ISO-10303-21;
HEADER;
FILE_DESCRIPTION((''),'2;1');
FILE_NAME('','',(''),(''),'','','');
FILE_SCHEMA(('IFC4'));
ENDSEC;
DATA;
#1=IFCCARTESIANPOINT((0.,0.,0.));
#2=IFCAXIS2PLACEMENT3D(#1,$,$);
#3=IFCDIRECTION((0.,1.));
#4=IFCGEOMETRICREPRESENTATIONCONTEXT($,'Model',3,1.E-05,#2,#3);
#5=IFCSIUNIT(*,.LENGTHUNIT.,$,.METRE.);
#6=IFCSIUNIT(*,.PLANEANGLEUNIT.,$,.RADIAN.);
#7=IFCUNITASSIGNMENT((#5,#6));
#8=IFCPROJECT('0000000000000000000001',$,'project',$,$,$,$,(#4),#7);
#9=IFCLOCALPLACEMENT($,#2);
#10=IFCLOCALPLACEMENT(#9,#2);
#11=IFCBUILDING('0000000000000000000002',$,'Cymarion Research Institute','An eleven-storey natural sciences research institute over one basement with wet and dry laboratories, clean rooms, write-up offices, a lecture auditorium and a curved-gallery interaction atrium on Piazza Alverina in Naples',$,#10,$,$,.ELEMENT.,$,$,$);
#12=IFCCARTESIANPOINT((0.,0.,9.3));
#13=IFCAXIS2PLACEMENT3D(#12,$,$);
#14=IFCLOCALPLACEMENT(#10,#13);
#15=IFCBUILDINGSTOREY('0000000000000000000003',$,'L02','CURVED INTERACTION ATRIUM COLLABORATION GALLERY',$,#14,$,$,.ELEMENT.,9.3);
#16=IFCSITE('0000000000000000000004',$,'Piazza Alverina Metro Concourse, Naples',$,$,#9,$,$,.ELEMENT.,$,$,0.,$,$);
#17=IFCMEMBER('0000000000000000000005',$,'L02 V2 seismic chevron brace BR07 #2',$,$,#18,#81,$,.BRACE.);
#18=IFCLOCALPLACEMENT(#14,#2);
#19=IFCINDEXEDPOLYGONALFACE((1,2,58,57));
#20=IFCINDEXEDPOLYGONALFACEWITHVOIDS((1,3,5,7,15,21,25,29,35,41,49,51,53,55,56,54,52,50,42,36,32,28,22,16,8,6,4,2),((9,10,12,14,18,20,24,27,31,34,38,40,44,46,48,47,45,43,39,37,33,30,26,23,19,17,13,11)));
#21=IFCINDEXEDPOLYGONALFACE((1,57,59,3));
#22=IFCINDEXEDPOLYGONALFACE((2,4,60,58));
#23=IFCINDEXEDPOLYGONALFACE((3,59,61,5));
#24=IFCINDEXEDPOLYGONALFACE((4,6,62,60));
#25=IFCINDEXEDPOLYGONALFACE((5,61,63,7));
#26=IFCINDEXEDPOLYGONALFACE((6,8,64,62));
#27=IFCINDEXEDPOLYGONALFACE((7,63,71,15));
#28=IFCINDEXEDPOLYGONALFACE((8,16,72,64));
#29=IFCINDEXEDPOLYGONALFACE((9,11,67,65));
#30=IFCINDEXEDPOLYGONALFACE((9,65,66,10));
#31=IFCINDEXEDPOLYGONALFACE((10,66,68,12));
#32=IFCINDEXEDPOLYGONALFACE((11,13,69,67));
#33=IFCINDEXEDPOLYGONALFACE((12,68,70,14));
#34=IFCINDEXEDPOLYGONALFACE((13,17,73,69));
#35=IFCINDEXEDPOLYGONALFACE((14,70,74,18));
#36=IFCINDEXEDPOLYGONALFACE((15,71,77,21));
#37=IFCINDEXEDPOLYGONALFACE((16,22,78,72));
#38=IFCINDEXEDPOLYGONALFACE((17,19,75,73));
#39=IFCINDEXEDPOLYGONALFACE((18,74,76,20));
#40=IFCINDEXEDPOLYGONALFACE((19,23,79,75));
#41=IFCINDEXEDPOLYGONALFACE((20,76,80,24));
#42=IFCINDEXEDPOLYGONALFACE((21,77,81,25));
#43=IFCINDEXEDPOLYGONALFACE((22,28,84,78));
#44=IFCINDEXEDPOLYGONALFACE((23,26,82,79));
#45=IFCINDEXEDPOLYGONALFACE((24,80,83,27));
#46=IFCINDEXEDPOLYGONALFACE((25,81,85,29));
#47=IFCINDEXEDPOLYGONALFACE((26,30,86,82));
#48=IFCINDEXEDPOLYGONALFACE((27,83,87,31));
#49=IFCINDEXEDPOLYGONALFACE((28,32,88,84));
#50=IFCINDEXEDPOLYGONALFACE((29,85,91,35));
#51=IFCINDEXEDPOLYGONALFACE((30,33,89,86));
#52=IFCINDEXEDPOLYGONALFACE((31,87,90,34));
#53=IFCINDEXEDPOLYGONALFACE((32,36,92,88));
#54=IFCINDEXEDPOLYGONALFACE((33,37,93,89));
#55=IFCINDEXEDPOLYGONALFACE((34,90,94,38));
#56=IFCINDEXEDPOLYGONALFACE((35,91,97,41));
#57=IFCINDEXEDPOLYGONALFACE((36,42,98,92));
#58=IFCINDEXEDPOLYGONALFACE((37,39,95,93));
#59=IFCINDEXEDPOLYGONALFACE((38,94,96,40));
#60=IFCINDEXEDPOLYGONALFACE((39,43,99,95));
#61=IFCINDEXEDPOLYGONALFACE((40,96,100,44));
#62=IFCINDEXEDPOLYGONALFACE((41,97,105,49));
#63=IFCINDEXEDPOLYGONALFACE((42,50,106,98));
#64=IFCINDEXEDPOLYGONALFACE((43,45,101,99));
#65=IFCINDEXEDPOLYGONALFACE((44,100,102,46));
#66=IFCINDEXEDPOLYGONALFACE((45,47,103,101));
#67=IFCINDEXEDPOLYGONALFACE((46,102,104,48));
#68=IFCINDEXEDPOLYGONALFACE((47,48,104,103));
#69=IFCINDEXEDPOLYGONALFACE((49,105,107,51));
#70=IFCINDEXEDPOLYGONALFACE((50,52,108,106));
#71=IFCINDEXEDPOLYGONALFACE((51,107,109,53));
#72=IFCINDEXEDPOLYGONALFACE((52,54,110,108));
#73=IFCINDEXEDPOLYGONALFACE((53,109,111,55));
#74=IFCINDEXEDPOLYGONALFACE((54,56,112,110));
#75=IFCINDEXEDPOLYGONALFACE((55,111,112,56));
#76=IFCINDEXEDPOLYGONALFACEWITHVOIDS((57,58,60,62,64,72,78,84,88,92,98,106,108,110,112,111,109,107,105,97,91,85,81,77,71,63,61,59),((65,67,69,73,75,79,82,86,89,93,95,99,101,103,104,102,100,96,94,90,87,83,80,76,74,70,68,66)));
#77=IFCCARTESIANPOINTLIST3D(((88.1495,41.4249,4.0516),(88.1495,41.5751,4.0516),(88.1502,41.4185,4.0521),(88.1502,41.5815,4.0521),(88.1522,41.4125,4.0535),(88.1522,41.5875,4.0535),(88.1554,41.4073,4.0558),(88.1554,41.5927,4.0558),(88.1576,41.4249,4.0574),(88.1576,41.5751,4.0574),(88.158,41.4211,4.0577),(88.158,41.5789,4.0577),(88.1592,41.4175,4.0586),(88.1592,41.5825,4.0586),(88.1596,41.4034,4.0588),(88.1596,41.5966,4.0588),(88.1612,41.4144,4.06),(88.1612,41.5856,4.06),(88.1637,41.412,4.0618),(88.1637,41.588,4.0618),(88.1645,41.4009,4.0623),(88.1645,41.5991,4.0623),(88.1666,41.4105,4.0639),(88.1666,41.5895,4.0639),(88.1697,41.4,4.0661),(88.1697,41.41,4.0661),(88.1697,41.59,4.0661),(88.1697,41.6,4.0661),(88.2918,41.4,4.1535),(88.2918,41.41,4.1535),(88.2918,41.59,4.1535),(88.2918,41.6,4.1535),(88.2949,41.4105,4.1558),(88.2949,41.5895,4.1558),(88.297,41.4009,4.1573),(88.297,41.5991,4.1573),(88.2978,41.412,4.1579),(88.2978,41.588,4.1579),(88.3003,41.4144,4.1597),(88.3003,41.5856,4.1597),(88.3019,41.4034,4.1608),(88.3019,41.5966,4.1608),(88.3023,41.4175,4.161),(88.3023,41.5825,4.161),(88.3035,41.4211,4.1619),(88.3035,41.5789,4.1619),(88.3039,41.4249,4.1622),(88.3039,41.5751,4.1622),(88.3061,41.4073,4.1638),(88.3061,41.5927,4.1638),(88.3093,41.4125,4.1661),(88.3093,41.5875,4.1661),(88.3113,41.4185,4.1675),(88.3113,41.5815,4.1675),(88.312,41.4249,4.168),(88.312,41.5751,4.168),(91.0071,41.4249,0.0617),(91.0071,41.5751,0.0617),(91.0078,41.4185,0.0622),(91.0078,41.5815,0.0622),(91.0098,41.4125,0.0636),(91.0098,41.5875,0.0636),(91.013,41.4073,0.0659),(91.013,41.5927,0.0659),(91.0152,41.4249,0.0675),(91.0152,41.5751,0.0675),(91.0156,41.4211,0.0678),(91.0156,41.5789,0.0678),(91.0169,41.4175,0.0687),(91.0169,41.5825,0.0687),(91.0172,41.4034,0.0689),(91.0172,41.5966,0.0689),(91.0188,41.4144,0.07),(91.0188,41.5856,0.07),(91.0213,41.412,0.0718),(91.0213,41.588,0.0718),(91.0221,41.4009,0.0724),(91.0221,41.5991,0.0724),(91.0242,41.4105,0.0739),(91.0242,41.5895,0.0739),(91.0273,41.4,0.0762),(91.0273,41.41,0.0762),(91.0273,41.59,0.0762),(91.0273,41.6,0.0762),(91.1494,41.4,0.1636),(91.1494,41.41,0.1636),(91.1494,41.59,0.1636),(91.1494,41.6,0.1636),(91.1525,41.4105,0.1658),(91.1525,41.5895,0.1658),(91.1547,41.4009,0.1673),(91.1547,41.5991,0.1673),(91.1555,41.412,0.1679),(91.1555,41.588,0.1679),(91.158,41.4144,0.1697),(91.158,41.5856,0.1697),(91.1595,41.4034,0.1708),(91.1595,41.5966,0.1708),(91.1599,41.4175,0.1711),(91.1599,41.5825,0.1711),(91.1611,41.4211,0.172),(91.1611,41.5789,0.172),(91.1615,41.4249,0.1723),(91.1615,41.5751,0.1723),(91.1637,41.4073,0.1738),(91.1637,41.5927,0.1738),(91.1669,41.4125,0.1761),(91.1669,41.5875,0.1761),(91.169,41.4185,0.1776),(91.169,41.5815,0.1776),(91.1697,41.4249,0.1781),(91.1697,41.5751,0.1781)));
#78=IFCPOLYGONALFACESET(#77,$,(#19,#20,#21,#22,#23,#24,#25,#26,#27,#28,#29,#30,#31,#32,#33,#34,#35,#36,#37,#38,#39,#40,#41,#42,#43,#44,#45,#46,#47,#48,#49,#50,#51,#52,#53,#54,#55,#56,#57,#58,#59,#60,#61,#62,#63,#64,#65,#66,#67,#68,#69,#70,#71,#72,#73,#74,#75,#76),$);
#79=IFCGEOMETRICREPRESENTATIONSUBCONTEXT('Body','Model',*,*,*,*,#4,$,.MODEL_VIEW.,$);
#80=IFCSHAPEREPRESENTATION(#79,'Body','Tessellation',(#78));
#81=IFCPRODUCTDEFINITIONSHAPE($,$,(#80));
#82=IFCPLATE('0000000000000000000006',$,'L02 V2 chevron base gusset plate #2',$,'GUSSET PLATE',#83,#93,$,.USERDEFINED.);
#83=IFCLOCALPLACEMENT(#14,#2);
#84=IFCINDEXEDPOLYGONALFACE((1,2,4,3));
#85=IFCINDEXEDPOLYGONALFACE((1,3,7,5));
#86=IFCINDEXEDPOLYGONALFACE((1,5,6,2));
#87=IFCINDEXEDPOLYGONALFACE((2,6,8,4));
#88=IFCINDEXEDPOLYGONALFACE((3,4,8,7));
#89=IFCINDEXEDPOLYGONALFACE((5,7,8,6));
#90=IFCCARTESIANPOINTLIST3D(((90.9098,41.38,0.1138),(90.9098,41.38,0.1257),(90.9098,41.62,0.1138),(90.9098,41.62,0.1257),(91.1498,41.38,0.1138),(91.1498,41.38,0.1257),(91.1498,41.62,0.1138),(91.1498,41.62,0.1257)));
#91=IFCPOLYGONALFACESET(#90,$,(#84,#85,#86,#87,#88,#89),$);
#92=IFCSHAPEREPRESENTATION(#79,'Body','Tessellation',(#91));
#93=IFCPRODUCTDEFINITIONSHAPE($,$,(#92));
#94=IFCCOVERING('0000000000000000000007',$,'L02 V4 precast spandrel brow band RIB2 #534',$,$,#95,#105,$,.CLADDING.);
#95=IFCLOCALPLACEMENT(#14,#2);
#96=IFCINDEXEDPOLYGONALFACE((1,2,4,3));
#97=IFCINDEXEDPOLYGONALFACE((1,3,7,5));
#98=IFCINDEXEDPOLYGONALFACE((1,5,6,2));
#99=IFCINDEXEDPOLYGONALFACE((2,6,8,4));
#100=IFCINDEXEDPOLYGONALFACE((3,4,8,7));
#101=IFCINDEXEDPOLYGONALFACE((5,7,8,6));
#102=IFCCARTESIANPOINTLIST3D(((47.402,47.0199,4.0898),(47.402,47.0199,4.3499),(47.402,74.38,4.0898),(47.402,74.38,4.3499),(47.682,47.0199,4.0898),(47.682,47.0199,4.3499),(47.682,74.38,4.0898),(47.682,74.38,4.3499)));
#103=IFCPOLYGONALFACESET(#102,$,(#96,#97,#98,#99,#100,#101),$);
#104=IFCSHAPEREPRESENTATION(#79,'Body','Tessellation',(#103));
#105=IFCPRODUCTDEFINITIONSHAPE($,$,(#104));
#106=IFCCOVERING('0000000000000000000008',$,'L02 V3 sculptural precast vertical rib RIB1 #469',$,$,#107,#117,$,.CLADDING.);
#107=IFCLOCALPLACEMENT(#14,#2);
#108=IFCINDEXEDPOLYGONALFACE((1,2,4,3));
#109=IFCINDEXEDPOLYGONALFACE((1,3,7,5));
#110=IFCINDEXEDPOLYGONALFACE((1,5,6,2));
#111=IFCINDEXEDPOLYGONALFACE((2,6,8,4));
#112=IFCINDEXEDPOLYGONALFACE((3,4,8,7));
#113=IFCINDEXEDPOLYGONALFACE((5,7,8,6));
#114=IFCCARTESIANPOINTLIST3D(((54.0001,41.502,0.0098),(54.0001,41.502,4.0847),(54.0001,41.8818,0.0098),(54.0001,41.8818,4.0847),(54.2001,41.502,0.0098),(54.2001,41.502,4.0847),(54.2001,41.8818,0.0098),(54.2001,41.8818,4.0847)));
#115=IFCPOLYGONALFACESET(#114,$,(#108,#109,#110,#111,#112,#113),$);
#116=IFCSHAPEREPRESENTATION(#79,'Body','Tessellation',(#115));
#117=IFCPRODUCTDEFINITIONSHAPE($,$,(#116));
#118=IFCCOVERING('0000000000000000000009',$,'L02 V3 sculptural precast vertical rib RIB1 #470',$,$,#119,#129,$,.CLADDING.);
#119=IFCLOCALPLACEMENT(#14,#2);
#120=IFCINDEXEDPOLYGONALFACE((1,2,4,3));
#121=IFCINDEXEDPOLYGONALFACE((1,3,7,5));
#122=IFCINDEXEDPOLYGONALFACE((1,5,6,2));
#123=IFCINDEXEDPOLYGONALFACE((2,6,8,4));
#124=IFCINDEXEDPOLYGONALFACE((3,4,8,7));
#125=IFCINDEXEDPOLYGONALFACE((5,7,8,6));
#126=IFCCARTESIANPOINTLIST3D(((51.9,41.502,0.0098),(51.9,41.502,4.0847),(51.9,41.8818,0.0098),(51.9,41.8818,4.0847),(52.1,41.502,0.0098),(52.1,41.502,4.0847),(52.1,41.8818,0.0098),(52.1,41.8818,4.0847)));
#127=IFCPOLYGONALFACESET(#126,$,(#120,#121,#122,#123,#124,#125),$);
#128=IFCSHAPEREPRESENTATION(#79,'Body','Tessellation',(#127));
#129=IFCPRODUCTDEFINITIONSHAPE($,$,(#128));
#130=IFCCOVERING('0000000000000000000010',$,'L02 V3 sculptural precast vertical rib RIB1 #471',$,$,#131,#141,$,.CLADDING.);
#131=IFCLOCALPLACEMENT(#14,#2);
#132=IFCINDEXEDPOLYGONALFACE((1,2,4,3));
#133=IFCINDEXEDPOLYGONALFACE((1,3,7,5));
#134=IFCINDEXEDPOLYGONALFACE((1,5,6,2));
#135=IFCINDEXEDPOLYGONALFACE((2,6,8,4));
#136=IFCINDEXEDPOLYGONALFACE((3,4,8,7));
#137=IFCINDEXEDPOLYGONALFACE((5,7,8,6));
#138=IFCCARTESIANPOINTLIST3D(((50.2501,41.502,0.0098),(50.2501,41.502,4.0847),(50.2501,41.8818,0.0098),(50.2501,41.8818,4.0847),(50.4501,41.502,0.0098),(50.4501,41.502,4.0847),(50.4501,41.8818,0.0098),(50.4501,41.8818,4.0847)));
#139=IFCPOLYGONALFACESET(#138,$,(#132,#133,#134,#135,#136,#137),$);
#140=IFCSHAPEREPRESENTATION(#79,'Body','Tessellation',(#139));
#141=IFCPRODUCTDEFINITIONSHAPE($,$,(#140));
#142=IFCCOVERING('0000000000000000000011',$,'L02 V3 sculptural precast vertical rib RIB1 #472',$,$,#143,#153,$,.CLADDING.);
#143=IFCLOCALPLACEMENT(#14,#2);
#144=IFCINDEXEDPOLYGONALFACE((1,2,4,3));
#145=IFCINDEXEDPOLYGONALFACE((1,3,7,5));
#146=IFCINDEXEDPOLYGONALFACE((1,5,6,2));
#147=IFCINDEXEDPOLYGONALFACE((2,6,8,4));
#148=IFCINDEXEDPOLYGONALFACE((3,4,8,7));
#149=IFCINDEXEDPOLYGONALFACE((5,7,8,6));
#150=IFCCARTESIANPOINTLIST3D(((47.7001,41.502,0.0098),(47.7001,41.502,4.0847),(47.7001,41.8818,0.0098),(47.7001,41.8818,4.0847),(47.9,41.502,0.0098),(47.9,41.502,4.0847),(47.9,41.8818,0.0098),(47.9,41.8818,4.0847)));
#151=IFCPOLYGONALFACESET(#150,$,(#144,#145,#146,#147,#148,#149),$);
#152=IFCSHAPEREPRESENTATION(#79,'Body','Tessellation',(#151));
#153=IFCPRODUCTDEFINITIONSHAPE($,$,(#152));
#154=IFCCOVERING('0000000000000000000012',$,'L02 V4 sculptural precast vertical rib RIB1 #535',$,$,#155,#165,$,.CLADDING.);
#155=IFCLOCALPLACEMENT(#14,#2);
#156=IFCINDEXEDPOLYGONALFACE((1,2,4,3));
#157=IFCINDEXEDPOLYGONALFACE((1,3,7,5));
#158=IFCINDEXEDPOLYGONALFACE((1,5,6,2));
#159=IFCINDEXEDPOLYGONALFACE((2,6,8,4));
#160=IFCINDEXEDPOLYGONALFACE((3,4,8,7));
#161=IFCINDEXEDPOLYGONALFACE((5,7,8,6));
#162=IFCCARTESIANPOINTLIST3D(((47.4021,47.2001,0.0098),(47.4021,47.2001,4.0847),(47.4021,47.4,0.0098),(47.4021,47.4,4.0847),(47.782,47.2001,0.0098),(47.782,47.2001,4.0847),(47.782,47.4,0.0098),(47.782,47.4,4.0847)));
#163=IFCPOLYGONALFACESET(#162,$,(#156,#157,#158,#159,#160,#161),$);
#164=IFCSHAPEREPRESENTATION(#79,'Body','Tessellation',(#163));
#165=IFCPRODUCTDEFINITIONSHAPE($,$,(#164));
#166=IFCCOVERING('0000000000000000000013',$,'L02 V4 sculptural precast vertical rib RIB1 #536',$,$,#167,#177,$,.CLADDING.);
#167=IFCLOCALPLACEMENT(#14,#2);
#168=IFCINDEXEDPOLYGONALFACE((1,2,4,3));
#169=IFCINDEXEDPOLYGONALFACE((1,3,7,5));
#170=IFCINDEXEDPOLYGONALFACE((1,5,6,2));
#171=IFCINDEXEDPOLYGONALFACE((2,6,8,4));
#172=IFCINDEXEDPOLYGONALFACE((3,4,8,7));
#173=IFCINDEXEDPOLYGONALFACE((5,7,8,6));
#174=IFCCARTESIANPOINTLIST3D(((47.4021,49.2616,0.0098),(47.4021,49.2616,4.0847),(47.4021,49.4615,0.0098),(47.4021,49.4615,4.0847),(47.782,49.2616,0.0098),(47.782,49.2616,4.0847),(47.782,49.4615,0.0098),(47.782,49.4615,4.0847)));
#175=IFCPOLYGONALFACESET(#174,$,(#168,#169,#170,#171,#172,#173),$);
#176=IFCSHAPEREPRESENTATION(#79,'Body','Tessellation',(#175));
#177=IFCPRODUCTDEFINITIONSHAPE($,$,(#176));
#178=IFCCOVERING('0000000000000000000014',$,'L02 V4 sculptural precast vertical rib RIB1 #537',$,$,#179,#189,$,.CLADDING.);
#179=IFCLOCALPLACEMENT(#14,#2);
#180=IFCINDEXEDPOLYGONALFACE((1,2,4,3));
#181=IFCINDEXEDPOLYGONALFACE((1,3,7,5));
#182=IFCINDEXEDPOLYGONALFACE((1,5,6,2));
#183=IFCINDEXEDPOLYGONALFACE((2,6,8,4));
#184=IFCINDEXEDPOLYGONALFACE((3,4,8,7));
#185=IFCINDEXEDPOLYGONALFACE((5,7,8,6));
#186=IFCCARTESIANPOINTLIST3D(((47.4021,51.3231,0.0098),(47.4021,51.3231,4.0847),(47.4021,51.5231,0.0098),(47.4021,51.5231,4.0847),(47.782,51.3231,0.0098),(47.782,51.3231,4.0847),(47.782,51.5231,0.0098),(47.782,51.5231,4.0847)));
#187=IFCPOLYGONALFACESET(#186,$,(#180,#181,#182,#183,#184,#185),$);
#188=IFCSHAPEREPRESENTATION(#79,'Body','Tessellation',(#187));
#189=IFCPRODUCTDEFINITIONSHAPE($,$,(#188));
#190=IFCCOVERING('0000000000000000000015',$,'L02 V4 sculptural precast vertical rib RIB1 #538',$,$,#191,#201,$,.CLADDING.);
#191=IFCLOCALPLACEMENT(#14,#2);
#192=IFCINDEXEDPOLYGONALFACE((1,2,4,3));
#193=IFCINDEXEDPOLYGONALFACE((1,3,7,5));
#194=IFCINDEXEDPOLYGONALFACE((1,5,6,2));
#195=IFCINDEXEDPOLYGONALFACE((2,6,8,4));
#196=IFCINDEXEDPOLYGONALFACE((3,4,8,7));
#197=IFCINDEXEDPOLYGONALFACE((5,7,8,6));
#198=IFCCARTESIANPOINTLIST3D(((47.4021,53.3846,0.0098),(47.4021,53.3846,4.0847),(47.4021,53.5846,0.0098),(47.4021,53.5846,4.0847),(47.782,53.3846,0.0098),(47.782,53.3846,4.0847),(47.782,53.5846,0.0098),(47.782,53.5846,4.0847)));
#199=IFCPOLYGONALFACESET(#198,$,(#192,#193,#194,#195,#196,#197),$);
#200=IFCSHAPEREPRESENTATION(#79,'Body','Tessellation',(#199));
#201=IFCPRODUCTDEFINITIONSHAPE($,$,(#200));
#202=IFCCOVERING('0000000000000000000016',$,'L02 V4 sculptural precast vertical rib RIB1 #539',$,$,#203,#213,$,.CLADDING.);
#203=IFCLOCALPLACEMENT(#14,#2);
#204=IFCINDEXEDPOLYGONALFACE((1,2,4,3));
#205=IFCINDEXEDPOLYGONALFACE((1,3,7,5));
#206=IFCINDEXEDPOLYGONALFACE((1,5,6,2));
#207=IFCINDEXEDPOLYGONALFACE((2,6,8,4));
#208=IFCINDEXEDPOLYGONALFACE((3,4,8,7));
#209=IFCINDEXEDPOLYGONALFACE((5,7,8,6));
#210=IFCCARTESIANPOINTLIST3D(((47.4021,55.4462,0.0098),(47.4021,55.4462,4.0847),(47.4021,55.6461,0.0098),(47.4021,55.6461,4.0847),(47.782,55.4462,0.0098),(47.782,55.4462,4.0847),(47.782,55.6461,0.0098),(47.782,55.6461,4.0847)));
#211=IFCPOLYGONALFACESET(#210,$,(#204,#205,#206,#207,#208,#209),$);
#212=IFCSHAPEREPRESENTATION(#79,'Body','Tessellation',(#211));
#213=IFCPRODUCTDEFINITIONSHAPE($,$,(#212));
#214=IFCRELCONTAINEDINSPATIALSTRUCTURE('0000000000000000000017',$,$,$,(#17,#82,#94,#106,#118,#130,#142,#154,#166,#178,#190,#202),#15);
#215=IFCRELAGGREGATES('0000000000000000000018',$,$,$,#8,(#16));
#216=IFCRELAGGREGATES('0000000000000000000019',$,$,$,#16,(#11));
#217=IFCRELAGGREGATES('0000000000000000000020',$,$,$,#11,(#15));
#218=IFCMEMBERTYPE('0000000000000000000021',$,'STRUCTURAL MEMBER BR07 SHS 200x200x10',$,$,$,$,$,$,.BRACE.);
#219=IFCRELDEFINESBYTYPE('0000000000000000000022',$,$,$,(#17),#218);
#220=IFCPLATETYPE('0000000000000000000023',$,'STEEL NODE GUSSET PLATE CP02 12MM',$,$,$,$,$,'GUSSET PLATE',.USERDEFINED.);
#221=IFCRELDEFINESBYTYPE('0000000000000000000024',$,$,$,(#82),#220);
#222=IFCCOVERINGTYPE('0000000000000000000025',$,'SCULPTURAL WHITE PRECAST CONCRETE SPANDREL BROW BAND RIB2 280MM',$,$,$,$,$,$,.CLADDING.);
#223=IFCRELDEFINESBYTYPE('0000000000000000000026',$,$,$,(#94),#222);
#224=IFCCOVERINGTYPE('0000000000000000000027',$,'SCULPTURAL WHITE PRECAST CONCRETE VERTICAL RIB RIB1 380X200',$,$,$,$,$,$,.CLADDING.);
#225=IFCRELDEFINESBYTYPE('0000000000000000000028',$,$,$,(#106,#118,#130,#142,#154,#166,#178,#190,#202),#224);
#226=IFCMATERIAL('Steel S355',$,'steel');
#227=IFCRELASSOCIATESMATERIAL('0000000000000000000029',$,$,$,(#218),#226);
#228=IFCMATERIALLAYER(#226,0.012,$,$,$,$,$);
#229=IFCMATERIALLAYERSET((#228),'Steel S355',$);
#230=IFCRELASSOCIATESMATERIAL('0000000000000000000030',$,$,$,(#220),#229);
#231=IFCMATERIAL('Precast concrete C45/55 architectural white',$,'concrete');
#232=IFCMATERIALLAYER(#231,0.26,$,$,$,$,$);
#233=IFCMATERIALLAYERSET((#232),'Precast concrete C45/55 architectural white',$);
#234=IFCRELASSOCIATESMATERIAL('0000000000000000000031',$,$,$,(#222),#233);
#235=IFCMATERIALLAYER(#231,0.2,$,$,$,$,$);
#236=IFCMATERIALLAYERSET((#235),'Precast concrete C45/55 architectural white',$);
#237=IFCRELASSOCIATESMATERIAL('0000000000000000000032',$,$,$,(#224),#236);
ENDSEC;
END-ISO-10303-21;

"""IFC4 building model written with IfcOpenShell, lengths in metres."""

from ifc_helpers import new_model, si_unit, direction, frame, origin, origin_2d, place, context, subcontext, project, spatial, rectangle, hollow_rectangle, extrude, material, layer, layer_set, material_profile, profile_set, type_object, element, save


model = new_model("IFC4")

# Units and contexts
model_context = context("Model", 3, precision=1e-05, world=origin(), true_north=direction((0.0, 1.0)))
body_context = subcontext(model_context, "Body", "Model", "MODEL_VIEW")
ifc_project = project(units=[si_unit("LENGTHUNIT", "METRE"), si_unit("PLANEANGLEUNIT", "RADIAN")], contexts=[model_context])

# Site, building, storey
site_placement = place(None, origin())
site = spatial("IfcSite", under=ifc_project, at=site_placement, Name="Piazza Alverina Metro Concourse, Naples", CompositionType="ELEMENT", RefElevation=0.0)
building_placement = place(site_placement, origin())
building = spatial("IfcBuilding", under=site, at=building_placement, Name="Cymarion Research Institute", Description="An eleven-storey natural sciences research institute over one basement with wet and dry laboratories, clean rooms, write-up offices, a lecture auditorium and a curved-gallery interaction atrium on Piazza Alverina in Naples", CompositionType="ELEMENT")
storey_placement = place(building_placement, frame((0.0, 0.0, 9.3)))
storey = spatial("IfcBuildingStorey", under=building, at=storey_placement, Name="L02", Description="CURVED INTERACTION ATRIUM COLLABORATION GALLERY", CompositionType="ELEMENT", Elevation=9.3)

# Shared definitions
ifc_material_1 = material(Name="Steel S355", Category="steel")

# Member
ifc_material_profile_1 = material_profile(ifc_material_1, hollow_rectangle(XDim=0.2, YDim=0.2, WallThickness=0.01, InnerFilletRadius=0.0149, OuterFilletRadius=0.0249, at=origin_2d()), Name="SHS 200x200x10")
ifc_profile_set_1 = profile_set([ifc_material_profile_1], Name="Steel S355")
member_type = type_object("IfcMemberType", Name="STRUCTURAL MEMBER BR07 SHS 200x200x10", PredefinedType="BRACE", material=ifc_profile_set_1)
member_placement = place(storey_placement, frame((91.0884, 41.5, 0.1199), z_axis=(-0.582273, 0.0, 0.812993), x_axis=(0.0, -1.0, 0.0)))
element("IfcMember", 1, at=member_placement, inside=storey, type_object=member_type, Name="L02 V2 seismic chevron brace BR07 #2", PredefinedType="BRACE", context=body_context, shape_type="SweptSolid", body=[
    extrude(hollow_rectangle(XDim=0.2, YDim=0.2, WallThickness=0.01, InnerFilletRadius=0.0149, OuterFilletRadius=0.0249, at=origin_2d()), origin(), (0.0, 0.0, 1.0), 4.9077),
])

# Plate
ifc_layer_1 = layer(ifc_material_1, 0.012)
ifc_layer_set_1 = layer_set([ifc_layer_1], Name="Steel S355")
plate_type = type_object("IfcPlateType", Name="STEEL NODE GUSSET PLATE CP02 12MM", ElementType="GUSSET PLATE", PredefinedType="USERDEFINED", material=ifc_layer_set_1)
plate_placement = place(storey_placement, frame((91.0298, 41.5, 0.1138), z_axis=(0.0, 0.0, 1.0), x_axis=(1.0, 0.0, 0.0)))
element("IfcPlate", 2, at=plate_placement, inside=storey, type_object=plate_type, Name="L02 V2 chevron base gusset plate #2", ObjectType="GUSSET PLATE", PredefinedType="USERDEFINED", context=body_context, shape_type="SweptSolid", body=[
    extrude(rectangle(XDim=0.24, YDim=0.24, at=origin_2d()), origin(), (0.0, 0.0, 1.0), 0.012),
])

# Coverings
ifc_material_2 = material(Name="Precast concrete C45/55 architectural white", Category="concrete")
ifc_layer_2 = layer(ifc_material_2, 0.26)
ifc_layer_set_2 = layer_set([ifc_layer_2], Name="Precast concrete C45/55 architectural white")
covering_type_1 = type_object("IfcCoveringType", Name="SCULPTURAL WHITE PRECAST CONCRETE SPANDREL BROW BAND RIB2 280MM", PredefinedType="CLADDING", material=ifc_layer_set_2)
covering_placement = place(storey_placement, frame((47.542, 60.7, 4.0898), z_axis=(0.0, 0.0, 1.0), x_axis=(1.0, 0.0, 0.0)))
element("IfcCovering", 3, at=covering_placement, inside=storey, type_object=covering_type_1, Name="L02 V4 precast spandrel brow band RIB2 #534", PredefinedType="CLADDING", context=body_context, shape_type="SweptSolid", body=[
    extrude(rectangle(XDim=0.28, YDim=27.3601, at=origin_2d()), origin(), (0.0, 0.0, 1.0), 0.26),
])
ifc_layer_3 = layer(ifc_material_2, 0.2)
ifc_layer_set_3 = layer_set([ifc_layer_3], Name="Precast concrete C45/55 architectural white")
covering_type_2 = type_object("IfcCoveringType", Name="SCULPTURAL WHITE PRECAST CONCRETE VERTICAL RIB RIB1 380X200", PredefinedType="CLADDING", material=ifc_layer_set_3)
for number, where, z_axis, x_axis, name in (
    (4, (54.1001, 41.6919, 0.0098), (0.0, 0.0, 1.0), (0.0, 1.0, 0.0), "L02 V3 sculptural precast vertical rib RIB1 #469"),
    (5, (52.0, 41.6919, 0.0098), (0.0, 0.0, 1.0), (0.0, 1.0, 0.0), "L02 V3 sculptural precast vertical rib RIB1 #470"),
    (6, (50.3501, 41.6919, 0.0098), (0.0, 0.0, 1.0), (0.0, 1.0, 0.0), "L02 V3 sculptural precast vertical rib RIB1 #471"),
    (7, (47.8, 41.6919, 0.0098), (0.0, 0.0, 1.0), (0.0, 1.0, 0.0), "L02 V3 sculptural precast vertical rib RIB1 #472"),
    (8, (47.592, 47.3, 0.0098), (0.0, 0.0, 1.0), (1.0, 0.0, 0.0), "L02 V4 sculptural precast vertical rib RIB1 #535"),
    (9, (47.592, 49.3616, 0.0098), (0.0, 0.0, 1.0), (1.0, 0.0, 0.0), "L02 V4 sculptural precast vertical rib RIB1 #536"),
    (10, (47.592, 51.4231, 0.0098), (0.0, 0.0, 1.0), (1.0, 0.0, 0.0), "L02 V4 sculptural precast vertical rib RIB1 #537"),
    (11, (47.592, 53.4846, 0.0098), (0.0, 0.0, 1.0), (1.0, 0.0, 0.0), "L02 V4 sculptural precast vertical rib RIB1 #538"),
    (12, (47.592, 55.5461, 0.0098), (0.0, 0.0, 1.0), (1.0, 0.0, 0.0), "L02 V4 sculptural precast vertical rib RIB1 #539"),
):
    element("IfcCovering", number, at=place(storey_placement, frame(where, z_axis=z_axis, x_axis=x_axis)), inside=storey, type_object=covering_type_2, Name=name, PredefinedType="CLADDING", context=body_context, shape_type="SweptSolid", body=[
        extrude(rectangle(XDim=0.3799, YDim=0.2, at=origin_2d()), origin(), (0.0, 0.0, 1.0), 4.075),
    ])

save(model, "model.ifc")
